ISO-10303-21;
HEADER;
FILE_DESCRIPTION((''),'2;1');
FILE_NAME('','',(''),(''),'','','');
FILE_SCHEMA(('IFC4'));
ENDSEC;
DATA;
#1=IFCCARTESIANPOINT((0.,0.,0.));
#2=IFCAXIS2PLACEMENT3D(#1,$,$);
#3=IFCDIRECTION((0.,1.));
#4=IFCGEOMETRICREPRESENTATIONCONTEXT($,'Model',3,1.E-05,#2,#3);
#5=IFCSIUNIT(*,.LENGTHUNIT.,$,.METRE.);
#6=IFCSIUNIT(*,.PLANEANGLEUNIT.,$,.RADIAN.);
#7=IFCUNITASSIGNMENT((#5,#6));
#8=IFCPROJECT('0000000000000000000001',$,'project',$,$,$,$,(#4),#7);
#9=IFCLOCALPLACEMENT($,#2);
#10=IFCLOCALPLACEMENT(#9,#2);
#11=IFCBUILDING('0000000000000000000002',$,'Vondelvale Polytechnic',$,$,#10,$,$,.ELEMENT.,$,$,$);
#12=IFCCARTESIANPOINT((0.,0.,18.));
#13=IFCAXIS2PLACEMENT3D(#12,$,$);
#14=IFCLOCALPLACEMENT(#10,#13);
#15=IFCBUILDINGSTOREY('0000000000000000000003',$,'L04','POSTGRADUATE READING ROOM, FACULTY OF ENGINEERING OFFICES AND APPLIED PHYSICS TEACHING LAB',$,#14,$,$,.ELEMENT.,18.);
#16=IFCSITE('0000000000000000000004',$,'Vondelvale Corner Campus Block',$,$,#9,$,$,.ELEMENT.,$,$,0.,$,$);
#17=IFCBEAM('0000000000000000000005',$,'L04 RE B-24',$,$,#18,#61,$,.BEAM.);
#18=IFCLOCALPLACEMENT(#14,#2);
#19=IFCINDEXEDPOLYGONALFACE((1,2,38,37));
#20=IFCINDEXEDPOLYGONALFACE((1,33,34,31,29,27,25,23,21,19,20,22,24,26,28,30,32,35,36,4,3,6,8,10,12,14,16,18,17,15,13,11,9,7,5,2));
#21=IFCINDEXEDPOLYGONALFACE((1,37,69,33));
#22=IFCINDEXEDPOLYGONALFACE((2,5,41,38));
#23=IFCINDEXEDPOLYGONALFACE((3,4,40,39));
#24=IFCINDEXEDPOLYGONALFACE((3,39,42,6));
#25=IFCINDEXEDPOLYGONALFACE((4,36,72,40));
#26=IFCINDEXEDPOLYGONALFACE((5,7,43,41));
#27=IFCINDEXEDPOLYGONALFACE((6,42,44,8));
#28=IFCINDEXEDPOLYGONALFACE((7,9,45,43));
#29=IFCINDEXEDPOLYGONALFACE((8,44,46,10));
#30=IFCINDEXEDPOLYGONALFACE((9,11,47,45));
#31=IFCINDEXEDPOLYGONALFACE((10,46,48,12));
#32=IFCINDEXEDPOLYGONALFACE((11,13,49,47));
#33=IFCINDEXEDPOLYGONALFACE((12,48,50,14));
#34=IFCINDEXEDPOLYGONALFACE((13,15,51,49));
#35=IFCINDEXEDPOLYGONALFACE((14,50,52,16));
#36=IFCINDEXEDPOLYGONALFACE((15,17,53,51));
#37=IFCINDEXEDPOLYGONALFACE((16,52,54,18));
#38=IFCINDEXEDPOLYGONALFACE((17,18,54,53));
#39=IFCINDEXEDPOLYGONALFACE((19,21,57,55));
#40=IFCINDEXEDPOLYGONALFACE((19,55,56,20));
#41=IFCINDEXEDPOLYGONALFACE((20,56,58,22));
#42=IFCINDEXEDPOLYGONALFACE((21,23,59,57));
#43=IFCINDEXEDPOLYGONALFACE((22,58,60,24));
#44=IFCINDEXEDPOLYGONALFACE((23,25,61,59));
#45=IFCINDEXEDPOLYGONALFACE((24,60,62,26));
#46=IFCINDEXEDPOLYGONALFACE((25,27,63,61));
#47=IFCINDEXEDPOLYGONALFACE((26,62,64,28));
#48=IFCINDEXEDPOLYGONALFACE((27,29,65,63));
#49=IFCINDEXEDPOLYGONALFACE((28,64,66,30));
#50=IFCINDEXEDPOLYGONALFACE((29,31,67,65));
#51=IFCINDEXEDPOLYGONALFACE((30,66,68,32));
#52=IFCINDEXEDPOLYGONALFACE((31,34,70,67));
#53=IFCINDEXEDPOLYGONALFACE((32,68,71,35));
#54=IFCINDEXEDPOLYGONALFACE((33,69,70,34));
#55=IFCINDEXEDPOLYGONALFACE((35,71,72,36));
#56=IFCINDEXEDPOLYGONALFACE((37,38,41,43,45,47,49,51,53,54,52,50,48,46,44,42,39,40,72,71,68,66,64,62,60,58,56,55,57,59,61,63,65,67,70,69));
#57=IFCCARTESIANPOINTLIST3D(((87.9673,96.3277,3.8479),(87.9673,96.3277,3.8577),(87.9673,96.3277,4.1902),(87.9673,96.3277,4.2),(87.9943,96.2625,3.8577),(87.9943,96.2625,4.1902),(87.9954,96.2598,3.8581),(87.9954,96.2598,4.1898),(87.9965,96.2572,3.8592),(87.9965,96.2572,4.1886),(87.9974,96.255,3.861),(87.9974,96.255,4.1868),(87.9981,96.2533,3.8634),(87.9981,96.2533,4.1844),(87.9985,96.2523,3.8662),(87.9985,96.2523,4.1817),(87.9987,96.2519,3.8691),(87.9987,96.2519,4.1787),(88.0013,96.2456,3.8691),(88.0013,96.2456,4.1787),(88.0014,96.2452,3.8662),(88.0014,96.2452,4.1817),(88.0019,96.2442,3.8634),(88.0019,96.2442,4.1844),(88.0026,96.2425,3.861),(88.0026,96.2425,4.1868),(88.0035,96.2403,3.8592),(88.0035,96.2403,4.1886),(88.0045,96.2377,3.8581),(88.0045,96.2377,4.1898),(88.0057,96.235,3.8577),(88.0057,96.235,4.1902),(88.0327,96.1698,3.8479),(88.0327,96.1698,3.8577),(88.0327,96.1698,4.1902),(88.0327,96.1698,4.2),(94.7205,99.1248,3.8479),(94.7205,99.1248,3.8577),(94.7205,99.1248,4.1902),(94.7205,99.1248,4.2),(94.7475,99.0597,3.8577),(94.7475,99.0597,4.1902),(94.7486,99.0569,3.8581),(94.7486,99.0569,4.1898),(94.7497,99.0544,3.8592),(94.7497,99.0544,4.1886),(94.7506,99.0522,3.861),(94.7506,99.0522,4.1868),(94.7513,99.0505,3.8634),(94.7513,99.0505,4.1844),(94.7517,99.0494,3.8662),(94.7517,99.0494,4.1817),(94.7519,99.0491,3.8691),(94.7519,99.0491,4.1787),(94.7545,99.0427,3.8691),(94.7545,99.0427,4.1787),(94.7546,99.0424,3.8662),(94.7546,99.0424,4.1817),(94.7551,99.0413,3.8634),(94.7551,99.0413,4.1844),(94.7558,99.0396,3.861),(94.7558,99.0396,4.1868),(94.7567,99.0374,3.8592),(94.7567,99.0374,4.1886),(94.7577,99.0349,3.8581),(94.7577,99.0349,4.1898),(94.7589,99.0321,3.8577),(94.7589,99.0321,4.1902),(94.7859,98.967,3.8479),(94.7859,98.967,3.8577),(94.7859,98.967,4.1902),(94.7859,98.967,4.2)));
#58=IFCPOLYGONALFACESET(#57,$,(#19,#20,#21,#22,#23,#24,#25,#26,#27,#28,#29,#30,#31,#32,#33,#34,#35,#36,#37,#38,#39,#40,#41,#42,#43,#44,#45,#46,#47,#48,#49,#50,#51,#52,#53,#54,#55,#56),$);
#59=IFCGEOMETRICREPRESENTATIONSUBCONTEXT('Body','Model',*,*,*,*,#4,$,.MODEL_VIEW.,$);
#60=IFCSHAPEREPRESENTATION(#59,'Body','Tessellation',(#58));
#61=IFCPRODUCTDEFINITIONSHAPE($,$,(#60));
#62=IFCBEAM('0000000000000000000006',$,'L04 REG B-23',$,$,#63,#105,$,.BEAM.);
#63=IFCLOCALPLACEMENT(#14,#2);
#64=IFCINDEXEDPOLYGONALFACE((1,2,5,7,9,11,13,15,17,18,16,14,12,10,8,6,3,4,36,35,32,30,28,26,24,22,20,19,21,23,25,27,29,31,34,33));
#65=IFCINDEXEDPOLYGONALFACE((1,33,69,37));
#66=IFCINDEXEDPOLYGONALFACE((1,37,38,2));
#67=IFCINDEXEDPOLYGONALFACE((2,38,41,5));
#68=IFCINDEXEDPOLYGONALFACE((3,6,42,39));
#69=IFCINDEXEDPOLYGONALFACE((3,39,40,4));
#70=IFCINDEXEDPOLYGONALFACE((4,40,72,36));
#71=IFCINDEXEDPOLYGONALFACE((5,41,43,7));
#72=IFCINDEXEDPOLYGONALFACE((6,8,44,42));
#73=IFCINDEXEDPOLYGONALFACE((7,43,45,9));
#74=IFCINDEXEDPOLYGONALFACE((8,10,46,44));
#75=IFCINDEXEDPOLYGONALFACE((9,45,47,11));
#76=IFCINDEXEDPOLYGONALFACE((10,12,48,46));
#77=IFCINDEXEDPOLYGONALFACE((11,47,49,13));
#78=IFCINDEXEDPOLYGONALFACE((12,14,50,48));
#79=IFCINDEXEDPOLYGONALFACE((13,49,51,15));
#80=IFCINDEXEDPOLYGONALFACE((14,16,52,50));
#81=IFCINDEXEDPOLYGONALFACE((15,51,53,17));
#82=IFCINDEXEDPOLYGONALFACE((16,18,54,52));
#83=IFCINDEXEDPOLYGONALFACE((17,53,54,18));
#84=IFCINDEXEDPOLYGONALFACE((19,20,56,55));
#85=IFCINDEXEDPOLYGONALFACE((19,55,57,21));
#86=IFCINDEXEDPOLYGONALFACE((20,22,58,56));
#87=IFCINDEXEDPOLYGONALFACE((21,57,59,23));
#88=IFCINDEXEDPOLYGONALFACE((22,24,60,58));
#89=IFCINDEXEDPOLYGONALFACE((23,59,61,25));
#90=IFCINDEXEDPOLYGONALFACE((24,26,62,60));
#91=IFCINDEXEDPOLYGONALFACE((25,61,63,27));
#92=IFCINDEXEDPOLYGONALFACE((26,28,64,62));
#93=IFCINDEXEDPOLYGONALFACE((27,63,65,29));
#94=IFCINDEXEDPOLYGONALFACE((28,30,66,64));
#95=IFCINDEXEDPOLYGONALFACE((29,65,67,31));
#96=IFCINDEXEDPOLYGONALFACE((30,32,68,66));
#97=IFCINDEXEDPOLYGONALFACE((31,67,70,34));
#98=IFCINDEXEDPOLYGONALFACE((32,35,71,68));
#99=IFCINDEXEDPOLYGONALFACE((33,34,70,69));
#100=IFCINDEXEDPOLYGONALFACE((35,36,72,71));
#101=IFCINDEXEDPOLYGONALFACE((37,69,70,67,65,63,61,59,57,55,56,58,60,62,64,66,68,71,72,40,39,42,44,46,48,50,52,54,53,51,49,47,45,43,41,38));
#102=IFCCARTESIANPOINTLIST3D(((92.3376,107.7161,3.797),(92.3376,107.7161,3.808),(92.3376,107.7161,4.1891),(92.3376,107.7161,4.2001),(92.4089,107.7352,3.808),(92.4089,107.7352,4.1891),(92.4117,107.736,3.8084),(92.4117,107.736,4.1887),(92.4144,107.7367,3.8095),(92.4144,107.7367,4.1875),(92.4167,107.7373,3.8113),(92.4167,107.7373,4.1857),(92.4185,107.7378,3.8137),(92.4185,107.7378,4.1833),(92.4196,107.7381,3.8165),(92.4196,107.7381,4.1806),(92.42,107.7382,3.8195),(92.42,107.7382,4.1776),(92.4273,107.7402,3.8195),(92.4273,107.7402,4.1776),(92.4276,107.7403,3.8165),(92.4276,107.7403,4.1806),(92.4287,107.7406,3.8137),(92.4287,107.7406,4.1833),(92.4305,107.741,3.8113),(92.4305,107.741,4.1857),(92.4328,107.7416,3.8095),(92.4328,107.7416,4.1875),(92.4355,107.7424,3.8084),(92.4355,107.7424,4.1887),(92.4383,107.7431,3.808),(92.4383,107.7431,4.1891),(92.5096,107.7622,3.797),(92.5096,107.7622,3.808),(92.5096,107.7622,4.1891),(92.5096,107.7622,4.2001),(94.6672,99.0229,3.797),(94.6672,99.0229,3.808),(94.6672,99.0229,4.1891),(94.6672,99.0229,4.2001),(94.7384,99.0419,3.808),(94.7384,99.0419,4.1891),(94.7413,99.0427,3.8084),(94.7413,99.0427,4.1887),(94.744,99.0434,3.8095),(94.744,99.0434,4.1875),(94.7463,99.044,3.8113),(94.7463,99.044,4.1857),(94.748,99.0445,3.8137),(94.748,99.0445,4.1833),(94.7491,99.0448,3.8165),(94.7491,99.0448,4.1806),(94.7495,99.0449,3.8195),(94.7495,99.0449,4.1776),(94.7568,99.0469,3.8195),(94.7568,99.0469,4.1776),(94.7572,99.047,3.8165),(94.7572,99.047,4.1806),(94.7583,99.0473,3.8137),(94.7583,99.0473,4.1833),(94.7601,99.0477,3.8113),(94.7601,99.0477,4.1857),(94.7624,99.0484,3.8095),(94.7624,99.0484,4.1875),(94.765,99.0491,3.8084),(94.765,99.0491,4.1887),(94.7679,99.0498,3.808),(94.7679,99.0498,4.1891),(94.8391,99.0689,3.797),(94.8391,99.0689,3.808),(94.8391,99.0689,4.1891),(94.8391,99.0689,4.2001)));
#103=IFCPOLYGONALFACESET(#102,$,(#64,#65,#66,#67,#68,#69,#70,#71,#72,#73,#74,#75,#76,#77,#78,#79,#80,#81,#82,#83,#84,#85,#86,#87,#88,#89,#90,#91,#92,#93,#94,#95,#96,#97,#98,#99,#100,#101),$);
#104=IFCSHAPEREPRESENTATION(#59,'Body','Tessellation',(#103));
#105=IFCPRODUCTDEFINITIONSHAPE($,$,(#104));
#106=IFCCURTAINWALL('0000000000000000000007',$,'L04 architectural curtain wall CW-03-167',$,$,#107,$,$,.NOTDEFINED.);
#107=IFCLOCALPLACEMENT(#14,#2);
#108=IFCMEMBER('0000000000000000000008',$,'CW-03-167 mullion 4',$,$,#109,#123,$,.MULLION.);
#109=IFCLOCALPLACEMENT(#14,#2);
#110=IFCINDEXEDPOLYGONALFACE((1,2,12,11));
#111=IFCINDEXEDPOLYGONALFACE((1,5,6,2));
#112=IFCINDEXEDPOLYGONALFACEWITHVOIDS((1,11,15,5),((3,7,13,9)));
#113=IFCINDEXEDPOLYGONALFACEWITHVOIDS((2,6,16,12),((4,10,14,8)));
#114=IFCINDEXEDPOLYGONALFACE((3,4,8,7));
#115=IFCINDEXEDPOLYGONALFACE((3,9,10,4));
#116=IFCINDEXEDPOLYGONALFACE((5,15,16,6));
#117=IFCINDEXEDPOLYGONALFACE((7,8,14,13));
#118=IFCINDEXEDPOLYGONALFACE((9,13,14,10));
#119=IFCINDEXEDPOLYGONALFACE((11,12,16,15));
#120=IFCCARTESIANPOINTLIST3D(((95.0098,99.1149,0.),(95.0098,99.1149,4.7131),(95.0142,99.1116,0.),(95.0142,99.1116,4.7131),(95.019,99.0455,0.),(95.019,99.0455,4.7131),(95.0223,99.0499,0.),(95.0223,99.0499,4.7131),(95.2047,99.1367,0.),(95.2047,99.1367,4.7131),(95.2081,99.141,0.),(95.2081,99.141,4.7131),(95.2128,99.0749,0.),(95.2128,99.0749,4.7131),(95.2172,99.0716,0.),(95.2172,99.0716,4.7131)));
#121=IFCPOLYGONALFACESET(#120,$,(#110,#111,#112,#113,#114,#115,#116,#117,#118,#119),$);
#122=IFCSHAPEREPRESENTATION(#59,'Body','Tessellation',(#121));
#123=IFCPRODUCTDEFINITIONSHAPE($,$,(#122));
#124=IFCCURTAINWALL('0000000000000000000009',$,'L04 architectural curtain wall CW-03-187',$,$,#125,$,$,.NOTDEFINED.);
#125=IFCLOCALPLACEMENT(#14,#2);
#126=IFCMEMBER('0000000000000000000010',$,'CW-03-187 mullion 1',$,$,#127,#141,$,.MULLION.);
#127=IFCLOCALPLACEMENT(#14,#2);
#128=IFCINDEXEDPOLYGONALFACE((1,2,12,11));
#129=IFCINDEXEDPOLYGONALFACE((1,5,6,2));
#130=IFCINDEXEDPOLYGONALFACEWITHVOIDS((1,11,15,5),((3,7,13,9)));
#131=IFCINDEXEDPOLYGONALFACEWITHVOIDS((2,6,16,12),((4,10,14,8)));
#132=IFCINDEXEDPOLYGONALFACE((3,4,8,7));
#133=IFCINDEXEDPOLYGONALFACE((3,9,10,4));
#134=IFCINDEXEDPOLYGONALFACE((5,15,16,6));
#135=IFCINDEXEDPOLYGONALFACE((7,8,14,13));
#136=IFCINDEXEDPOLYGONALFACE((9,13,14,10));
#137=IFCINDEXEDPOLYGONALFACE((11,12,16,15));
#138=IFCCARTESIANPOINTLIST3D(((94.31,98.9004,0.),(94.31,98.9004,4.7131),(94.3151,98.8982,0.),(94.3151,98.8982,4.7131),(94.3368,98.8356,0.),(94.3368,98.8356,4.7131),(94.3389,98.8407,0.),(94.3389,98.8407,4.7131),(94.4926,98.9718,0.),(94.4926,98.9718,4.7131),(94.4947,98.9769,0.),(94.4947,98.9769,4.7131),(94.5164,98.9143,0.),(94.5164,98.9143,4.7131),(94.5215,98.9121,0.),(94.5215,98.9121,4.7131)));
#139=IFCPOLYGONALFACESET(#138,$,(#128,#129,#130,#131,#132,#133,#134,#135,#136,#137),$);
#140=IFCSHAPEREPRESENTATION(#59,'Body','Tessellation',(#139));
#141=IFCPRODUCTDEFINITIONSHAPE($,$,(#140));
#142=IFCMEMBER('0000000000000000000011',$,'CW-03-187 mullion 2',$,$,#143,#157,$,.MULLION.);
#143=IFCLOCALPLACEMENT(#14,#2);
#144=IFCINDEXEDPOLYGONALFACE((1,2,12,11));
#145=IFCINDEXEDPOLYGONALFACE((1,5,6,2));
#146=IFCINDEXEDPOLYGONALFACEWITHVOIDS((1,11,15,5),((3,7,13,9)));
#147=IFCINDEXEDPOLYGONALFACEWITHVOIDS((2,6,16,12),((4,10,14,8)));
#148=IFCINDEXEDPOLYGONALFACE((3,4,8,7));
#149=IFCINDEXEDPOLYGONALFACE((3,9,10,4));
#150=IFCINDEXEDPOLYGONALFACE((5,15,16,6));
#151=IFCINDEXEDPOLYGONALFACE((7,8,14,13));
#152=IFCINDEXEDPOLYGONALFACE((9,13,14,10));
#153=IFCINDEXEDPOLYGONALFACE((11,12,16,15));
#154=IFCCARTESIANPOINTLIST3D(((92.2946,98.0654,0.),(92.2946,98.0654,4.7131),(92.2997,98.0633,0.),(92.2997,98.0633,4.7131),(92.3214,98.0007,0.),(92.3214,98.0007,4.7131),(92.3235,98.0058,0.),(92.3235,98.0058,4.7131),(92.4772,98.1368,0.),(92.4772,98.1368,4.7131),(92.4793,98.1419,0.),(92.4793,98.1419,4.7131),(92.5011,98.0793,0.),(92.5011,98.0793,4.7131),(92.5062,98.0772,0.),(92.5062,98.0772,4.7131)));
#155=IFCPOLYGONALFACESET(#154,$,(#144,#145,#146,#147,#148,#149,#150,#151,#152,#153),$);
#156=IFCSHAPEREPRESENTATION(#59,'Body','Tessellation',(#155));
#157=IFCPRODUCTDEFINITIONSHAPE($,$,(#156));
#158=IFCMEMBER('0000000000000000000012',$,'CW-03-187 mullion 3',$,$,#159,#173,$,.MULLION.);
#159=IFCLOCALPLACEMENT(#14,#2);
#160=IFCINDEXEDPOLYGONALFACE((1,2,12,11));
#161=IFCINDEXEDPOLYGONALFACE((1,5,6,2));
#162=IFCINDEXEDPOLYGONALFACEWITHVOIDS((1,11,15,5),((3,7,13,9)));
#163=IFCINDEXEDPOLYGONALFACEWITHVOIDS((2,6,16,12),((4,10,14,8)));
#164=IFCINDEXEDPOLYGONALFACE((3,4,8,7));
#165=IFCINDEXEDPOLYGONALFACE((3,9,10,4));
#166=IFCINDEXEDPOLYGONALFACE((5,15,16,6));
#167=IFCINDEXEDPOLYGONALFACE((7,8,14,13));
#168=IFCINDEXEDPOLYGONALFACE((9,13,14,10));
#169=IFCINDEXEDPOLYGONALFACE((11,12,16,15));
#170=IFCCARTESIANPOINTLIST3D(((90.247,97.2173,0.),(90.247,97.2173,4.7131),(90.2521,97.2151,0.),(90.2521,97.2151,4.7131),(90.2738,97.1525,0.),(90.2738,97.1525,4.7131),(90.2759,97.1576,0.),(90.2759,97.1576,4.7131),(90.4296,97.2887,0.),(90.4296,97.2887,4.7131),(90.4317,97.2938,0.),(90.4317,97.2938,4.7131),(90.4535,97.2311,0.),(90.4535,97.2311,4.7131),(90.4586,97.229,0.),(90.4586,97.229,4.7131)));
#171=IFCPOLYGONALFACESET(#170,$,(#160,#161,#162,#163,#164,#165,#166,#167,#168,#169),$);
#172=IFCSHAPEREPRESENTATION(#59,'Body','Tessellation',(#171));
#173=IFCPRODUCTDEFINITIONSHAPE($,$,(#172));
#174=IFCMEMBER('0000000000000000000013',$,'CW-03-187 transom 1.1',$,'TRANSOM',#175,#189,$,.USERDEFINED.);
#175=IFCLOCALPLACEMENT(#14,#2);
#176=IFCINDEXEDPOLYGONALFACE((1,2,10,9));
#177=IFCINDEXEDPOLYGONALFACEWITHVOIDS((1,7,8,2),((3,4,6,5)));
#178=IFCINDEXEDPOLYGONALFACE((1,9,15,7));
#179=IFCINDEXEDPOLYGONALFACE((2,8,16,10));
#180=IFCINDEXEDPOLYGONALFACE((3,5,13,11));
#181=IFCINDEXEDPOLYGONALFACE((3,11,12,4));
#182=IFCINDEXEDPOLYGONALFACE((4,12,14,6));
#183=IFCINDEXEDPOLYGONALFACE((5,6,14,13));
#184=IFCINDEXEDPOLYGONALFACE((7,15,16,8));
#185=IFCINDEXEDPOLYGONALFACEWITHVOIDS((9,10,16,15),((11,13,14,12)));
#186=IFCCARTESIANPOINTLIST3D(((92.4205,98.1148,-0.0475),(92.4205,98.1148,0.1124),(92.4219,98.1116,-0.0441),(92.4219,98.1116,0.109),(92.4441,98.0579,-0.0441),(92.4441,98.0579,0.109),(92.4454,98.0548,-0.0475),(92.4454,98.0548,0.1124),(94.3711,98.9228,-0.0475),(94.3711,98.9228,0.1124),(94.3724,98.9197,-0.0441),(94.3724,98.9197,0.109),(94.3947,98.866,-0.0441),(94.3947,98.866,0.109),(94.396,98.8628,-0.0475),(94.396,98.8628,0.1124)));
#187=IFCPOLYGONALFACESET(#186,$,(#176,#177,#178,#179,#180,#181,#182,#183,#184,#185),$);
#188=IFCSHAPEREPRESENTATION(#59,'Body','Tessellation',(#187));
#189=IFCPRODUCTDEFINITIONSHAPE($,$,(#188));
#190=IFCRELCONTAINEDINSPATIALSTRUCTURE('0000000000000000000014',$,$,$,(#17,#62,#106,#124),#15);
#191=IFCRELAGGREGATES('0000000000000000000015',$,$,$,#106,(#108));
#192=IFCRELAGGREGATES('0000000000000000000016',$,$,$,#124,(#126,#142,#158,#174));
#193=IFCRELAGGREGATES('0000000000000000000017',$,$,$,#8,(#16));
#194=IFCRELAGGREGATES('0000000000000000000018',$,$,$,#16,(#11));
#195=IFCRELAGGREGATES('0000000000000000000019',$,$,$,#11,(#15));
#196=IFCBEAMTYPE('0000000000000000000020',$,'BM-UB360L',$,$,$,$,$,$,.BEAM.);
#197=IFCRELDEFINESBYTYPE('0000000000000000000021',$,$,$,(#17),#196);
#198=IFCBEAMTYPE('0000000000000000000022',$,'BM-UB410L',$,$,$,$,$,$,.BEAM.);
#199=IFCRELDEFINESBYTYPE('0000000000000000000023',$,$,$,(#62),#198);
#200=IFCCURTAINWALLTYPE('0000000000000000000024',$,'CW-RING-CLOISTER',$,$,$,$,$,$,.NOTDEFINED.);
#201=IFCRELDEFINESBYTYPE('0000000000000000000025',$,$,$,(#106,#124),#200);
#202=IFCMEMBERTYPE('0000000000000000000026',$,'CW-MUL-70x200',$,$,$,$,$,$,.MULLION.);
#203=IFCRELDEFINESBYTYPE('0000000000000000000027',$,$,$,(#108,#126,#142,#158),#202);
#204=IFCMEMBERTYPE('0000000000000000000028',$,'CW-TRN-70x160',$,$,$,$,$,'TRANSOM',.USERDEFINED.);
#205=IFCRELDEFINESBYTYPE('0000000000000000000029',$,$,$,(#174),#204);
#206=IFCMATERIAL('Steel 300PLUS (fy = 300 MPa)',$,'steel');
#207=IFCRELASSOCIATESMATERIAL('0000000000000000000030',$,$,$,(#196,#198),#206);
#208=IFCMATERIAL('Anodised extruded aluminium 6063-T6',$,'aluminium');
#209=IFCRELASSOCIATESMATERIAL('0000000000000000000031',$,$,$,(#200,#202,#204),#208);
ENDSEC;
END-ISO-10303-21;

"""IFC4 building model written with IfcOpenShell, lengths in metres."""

from ifc_helpers import new_model, si_unit, direction, frame, origin, origin_2d, place, context, subcontext, project, spatial, hollow_rectangle, i_section, extrude, material, material_profile, profile_set, type_object, element, aggregate, save


model = new_model("IFC4")

# Units and contexts
model_context = context("Model", 3, precision=1e-05, world=origin(), true_north=direction((0.0, 1.0)))
body_context = subcontext(model_context, "Body", "Model", "MODEL_VIEW")
ifc_project = project(units=[si_unit("LENGTHUNIT", "METRE"), si_unit("PLANEANGLEUNIT", "RADIAN")], contexts=[model_context])

# Site, building, storey
site_placement = place(None, origin())
site = spatial("IfcSite", under=ifc_project, at=site_placement, Name="Vondelvale Corner Campus Block", CompositionType="ELEMENT", RefElevation=0.0)
building_placement = place(site_placement, origin())
building = spatial("IfcBuilding", under=site, at=building_placement, Name="Vondelvale Polytechnic", CompositionType="ELEMENT")
storey_placement = place(building_placement, frame((0.0, 0.0, 18.0)))
storey = spatial("IfcBuildingStorey", under=building, at=storey_placement, Name="L04", Description="POSTGRADUATE READING ROOM, FACULTY OF ENGINEERING OFFICES AND APPLIED PHYSICS TEACHING LAB", CompositionType="ELEMENT", Elevation=18.0)

# Beams
ifc_material_1 = material(Name="Steel 300PLUS (fy = 300 MPa)", Category="steel")
ifc_material_profile_1 = material_profile(ifc_material_1, i_section(OverallWidth=0.1709, OverallDepth=0.3521, WebThickness=0.0068, FlangeThickness=0.0098, FilletRadius=0.0115, at=origin_2d()), Name="360UB44.7")
ifc_profile_set_1 = profile_set([ifc_material_profile_1], Name="Steel 300PLUS (fy = 300 MPa)")
beam_type_1 = type_object("IfcBeamType", Name="BM-UB360L", PredefinedType="BEAM", material=ifc_profile_set_1)
beam_1_placement = place(storey_placement, frame((94.7532, 99.0459, 4.0239), z_axis=(-0.923886, -0.382667, 0.0), x_axis=(0.382667, -0.923886, 0.0)))
element("IfcBeam", 1, at=beam_1_placement, inside=storey, type_object=beam_type_1, Name="L04 RE B-24", PredefinedType="BEAM", context=body_context, shape_type="SweptSolid", body=[
    extrude(i_section(OverallWidth=0.1709, OverallDepth=0.3521, WebThickness=0.0068, FlangeThickness=0.0098, FilletRadius=0.0115, at=origin_2d()), origin(), (0.0, 0.0, 1.0), 7.3096),
])
ifc_material_profile_2 = material_profile(ifc_material_1, i_section(OverallWidth=0.178, OverallDepth=0.4031, WebThickness=0.0076, FlangeThickness=0.011, FilletRadius=0.0115, at=origin_2d()), Name="410UB53.7")
ifc_profile_set_2 = profile_set([ifc_material_profile_2], Name="Steel 300PLUS (fy = 300 MPa)")
beam_type_2 = type_object("IfcBeamType", Name="BM-UB410L", PredefinedType="BEAM", material=ifc_profile_set_2)
beam_2_placement = place(storey_placement, frame((94.7532, 99.0459, 3.9985), z_axis=(-0.258841, 0.96592, 0.0), x_axis=(-0.96592, -0.258841, 0.0)))
element("IfcBeam", 2, at=beam_2_placement, inside=storey, type_object=beam_type_2, Name="L04 REG B-23", PredefinedType="BEAM", context=body_context, shape_type="SweptSolid", body=[
    extrude(i_section(OverallWidth=0.178, OverallDepth=0.4031, WebThickness=0.0076, FlangeThickness=0.011, FilletRadius=0.0115, at=origin_2d()), origin(), (0.0, 0.0, 1.0), 9.0),
])

# Curtain wall, member
ifc_material_2 = material(Name="Anodised extruded aluminium 6063-T6", Category="aluminium")
curtain_wall_type = type_object("IfcCurtainWallType", Name="CW-RING-CLOISTER", PredefinedType="NOTDEFINED", material=ifc_material_2)
curtain_wall_1_placement = place(storey_placement, origin())
curtain_wall_1 = element("IfcCurtainWall", 3, at=curtain_wall_1_placement, inside=storey, type_object=curtain_wall_type, Name="L04 architectural curtain wall CW-03-167", PredefinedType="NOTDEFINED")
ifc_material_profile_3 = material_profile(ifc_material_2, hollow_rectangle(XDim=0.0701, YDim=0.2, WallThickness=0.0039, at=origin_2d()), Name="CW-MUL-200x70")
ifc_profile_set_3 = profile_set([ifc_material_profile_3], Name="Anodised extruded aluminium 6063-T6")
member_type_1 = type_object("IfcMemberType", Name="CW-MUL-70x200", PredefinedType="MULLION", material=ifc_profile_set_3)
member_1_placement = place(storey_placement, frame((95.1135, 99.0933, 0.0), z_axis=(0.0, 0.0, 1.0), x_axis=(0.130528, -0.991445, 0.0)))
member_1 = element("IfcMember", 4, at=member_1_placement, type_object=member_type_1, Name="CW-03-167 mullion 4", PredefinedType="MULLION", context=body_context, shape_type="SweptSolid", body=[
    extrude(hollow_rectangle(XDim=0.0701, YDim=0.2, WallThickness=0.0039, at=origin_2d()), origin(), (0.0, 0.0, 1.0), 4.7131),
])

# Curtain wall, members
curtain_wall_2_placement = place(storey_placement, origin())
curtain_wall_2 = element("IfcCurtainWall", 5, at=curtain_wall_2_placement, inside=storey, type_object=curtain_wall_type, Name="L04 architectural curtain wall CW-03-187", PredefinedType="NOTDEFINED")
member_2_placement = place(storey_placement, frame((94.4158, 98.9062, 0.0), z_axis=(0.0, 0.0, 1.0), x_axis=(0.382679, -0.923882, 0.0)))
member_2 = element("IfcMember", 6, at=member_2_placement, type_object=member_type_1, Name="CW-03-187 mullion 1", PredefinedType="MULLION", context=body_context, shape_type="SweptSolid", body=[
    extrude(hollow_rectangle(XDim=0.0701, YDim=0.2, WallThickness=0.0039, at=origin_2d()), origin(), (0.0, 0.0, 1.0), 4.7131),
])
member_3_placement = place(storey_placement, frame((92.4004, 98.0713, 0.0), z_axis=(0.0, 0.0, 1.0), x_axis=(0.382679, -0.923882, 0.0)))
member_3 = element("IfcMember", 7, at=member_3_placement, type_object=member_type_1, Name="CW-03-187 mullion 2", PredefinedType="MULLION", context=body_context, shape_type="SweptSolid", body=[
    extrude(hollow_rectangle(XDim=0.0701, YDim=0.2, WallThickness=0.0039, at=origin_2d()), origin(), (0.0, 0.0, 1.0), 4.7131),
])
member_4_placement = place(storey_placement, frame((90.3528, 97.2231, 0.0), z_axis=(0.0, 0.0, 1.0), x_axis=(0.382679, -0.923882, 0.0)))
member_4 = element("IfcMember", 8, at=member_4_placement, type_object=member_type_1, Name="CW-03-187 mullion 3", PredefinedType="MULLION", context=body_context, shape_type="SweptSolid", body=[
    extrude(hollow_rectangle(XDim=0.0701, YDim=0.2, WallThickness=0.0039, at=origin_2d()), origin(), (0.0, 0.0, 1.0), 4.7131),
])
ifc_material_profile_4 = material_profile(ifc_material_2, hollow_rectangle(XDim=0.0649, YDim=0.1599, WallThickness=0.0034, at=origin_2d()), Name="CW-TRN-160x65")
ifc_profile_set_4 = profile_set([ifc_material_profile_4], Name="Anodised extruded aluminium 6063-T6")
member_type_2 = type_object("IfcMemberType", Name="CW-TRN-70x160", ElementType="TRANSOM", PredefinedType="USERDEFINED", material=ifc_profile_set_4)
member_5_placement = place(storey_placement, frame((94.3835, 98.8928, 0.0325), z_axis=(-0.923862, -0.382726, 0.0), x_axis=(0.382726, -0.923862, 0.0)))
member_5 = element("IfcMember", 9, at=member_5_placement, type_object=member_type_2, Name="CW-03-187 transom 1.1", ObjectType="TRANSOM", PredefinedType="USERDEFINED", context=body_context, shape_type="SweptSolid", body=[
    extrude(hollow_rectangle(XDim=0.0649, YDim=0.1599, WallThickness=0.0034, at=origin_2d()), origin(), (0.0, 0.0, 1.0), 2.1113),
])

aggregate(curtain_wall_1, [member_1])
aggregate(curtain_wall_2, [member_2, member_3, member_4, member_5])

save(model, "model.ifc")
